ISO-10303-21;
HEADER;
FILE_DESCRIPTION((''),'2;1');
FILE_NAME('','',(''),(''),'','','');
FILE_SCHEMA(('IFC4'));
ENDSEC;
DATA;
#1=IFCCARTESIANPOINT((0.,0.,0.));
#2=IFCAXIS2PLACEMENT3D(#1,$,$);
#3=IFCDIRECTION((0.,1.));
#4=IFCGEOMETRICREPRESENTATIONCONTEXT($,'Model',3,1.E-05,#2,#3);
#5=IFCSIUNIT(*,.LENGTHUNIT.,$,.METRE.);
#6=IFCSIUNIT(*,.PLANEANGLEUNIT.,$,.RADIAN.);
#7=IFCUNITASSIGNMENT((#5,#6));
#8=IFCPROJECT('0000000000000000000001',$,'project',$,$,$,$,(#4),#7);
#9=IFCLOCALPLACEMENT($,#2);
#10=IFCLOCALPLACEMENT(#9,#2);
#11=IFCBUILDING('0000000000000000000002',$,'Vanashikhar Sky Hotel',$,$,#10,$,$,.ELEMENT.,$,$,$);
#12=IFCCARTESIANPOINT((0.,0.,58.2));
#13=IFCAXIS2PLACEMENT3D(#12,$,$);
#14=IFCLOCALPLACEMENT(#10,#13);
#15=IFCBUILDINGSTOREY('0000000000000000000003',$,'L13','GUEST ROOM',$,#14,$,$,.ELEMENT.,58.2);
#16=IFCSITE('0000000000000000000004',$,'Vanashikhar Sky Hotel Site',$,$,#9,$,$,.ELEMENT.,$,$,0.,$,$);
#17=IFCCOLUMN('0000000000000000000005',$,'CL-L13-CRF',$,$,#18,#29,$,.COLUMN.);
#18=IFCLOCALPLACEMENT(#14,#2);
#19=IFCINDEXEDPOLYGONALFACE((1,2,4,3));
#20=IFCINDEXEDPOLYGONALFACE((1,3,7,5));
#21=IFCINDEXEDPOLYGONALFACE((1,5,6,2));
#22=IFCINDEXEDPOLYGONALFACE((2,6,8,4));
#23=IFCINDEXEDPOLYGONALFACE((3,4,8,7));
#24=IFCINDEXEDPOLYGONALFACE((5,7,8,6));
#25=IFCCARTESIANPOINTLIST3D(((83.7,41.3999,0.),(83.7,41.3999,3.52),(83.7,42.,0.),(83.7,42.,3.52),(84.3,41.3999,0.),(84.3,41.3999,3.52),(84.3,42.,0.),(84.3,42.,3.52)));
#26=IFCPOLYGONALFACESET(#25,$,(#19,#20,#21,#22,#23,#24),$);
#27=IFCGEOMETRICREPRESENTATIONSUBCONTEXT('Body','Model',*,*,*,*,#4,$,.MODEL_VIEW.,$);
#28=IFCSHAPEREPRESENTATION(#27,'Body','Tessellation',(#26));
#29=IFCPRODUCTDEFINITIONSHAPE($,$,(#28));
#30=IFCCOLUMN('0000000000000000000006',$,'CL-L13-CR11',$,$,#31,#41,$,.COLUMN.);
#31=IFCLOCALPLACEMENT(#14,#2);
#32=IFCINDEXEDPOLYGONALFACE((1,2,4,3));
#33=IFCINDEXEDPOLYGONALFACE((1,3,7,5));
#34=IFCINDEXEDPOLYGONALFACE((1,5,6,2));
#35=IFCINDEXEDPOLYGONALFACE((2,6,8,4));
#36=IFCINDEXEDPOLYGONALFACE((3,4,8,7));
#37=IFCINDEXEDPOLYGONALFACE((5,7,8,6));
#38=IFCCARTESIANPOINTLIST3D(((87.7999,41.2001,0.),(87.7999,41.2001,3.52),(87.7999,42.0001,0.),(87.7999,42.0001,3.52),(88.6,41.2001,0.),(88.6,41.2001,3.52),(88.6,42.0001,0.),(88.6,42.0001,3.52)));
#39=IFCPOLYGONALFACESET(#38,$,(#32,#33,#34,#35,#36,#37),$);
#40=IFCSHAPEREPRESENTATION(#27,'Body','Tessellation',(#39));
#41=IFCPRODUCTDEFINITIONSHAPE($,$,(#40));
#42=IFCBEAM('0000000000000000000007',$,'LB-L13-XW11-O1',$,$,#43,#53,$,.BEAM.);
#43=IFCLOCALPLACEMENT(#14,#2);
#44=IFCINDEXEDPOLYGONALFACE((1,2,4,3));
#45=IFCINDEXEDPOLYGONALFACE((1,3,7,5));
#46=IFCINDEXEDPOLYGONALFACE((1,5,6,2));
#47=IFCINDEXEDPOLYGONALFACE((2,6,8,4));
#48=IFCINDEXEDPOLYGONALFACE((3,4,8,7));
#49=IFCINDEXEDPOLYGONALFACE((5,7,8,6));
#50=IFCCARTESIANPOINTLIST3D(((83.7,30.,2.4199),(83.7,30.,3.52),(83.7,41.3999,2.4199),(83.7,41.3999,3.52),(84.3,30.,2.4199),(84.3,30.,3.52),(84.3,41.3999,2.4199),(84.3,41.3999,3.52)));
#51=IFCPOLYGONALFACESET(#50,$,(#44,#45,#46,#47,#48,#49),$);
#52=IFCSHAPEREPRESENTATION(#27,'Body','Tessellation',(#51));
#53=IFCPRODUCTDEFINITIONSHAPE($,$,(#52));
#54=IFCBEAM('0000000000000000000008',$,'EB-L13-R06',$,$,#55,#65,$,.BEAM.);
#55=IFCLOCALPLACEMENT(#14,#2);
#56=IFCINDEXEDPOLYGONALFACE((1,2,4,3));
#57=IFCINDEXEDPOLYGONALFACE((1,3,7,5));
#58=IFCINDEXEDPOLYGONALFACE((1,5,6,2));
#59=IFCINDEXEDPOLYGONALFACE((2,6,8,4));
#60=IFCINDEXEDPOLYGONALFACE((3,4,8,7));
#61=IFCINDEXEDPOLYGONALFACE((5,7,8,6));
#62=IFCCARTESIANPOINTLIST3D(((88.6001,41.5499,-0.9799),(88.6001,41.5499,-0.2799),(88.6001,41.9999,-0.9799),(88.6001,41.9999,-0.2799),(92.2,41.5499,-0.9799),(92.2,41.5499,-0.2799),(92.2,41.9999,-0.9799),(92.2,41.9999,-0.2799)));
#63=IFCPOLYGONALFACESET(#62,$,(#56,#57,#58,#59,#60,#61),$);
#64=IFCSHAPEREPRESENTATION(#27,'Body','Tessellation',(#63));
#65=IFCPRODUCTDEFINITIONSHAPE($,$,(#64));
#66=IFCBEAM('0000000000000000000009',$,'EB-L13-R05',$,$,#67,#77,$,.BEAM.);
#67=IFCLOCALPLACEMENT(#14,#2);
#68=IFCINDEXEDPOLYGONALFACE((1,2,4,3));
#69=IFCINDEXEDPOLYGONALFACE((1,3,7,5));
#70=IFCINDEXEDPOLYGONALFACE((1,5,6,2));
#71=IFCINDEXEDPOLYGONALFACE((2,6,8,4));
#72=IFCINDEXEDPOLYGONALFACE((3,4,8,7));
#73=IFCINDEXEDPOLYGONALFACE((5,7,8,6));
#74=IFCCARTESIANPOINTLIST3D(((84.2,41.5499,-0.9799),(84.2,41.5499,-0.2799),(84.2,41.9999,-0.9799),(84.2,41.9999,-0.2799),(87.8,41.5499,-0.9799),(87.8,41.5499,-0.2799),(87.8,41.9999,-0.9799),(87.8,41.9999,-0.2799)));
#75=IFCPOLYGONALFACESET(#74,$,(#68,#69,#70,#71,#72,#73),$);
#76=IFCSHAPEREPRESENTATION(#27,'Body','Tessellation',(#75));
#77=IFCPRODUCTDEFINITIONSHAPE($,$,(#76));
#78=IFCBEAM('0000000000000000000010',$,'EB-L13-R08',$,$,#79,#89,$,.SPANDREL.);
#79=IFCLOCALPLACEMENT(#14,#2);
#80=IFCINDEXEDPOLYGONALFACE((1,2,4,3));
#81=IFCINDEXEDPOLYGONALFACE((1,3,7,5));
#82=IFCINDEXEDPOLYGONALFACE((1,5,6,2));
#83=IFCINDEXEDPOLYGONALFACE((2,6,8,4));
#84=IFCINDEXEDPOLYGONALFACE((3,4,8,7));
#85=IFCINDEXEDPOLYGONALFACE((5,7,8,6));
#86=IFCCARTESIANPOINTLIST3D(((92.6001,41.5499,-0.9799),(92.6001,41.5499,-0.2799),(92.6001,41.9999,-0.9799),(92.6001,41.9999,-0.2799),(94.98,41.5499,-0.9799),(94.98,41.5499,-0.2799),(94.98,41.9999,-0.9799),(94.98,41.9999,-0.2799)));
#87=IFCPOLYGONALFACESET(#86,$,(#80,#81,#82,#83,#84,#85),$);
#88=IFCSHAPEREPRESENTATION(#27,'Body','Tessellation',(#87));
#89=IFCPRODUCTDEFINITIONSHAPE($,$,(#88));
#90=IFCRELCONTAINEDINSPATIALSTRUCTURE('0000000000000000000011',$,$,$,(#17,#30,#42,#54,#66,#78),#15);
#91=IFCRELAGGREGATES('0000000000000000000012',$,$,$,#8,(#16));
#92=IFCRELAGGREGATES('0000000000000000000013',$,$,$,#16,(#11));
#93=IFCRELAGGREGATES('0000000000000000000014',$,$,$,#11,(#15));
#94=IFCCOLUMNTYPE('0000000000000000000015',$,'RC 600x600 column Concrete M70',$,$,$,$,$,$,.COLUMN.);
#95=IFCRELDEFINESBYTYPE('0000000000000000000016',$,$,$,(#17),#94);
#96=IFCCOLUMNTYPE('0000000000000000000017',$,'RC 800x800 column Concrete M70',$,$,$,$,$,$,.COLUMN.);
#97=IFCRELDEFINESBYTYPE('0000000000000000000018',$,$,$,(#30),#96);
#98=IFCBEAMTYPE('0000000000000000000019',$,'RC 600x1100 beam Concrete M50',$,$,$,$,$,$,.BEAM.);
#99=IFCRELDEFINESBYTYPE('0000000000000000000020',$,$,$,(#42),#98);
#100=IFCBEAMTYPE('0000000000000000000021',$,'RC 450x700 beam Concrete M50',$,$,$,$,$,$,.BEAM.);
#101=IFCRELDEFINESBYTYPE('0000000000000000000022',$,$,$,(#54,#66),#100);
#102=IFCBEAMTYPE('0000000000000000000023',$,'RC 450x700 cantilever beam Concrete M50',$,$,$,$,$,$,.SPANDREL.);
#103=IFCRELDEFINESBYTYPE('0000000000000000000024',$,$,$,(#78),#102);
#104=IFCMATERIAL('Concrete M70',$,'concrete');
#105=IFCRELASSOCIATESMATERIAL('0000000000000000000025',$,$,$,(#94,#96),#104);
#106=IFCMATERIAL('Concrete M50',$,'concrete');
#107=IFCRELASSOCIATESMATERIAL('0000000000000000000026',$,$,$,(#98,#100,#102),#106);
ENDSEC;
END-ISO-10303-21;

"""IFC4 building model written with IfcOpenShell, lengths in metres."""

from ifc_helpers import new_model, si_unit, direction, frame, origin, origin_2d, place, context, subcontext, project, spatial, rectangle, extrude, source, transform, mapped, material, material_profile, profile_set, type_object, element, save


model = new_model("IFC4")

# Units and contexts
model_context = context("Model", 3, precision=1e-05, world=origin(), true_north=direction((0.0, 1.0)))
body_context = subcontext(model_context, "Body", "Model", "MODEL_VIEW")
ifc_project = project(units=[si_unit("LENGTHUNIT", "METRE"), si_unit("PLANEANGLEUNIT", "RADIAN")], contexts=[model_context])

# Site, building, storey
site_placement = place(None, origin())
site = spatial("IfcSite", under=ifc_project, at=site_placement, Name="Vanashikhar Sky Hotel Site", CompositionType="ELEMENT", RefElevation=0.0)
building_placement = place(site_placement, origin())
building = spatial("IfcBuilding", under=site, at=building_placement, Name="Vanashikhar Sky Hotel", CompositionType="ELEMENT")
storey_placement = place(building_placement, frame((0.0, 0.0, 58.2)))
storey = spatial("IfcBuildingStorey", under=building, at=storey_placement, Name="L13", Description="GUEST ROOM", CompositionType="ELEMENT", Elevation=58.2)

# Columns
ifc_material_1 = material(Name="Concrete M70", Category="concrete")
ifc_material_profile_1 = material_profile(ifc_material_1, rectangle(XDim=0.6001, YDim=0.6001, at=origin_2d()))
ifc_profile_set_1 = profile_set([ifc_material_profile_1], Name="RC 600x600 column Concrete M70")
column_type_1 = type_object("IfcColumnType", Name="RC 600x600 column Concrete M70", PredefinedType="COLUMN", material=ifc_profile_set_1)
shared_shape_1 = source(origin(), body_context, "Body", "SweptSolid", [
    extrude(rectangle(XDim=0.6001, YDim=0.6001, at=origin_2d()), origin(), (0.0, 0.0, 1.0), 3.52),
])
column_1_placement = place(storey_placement, frame((84.0, 41.7, 0.0), z_axis=(0.0, 0.0, 1.0), x_axis=(1.0, 0.0, 0.0)))
element("IfcColumn", 1, at=column_1_placement, inside=storey, type_object=column_type_1, Name="CL-L13-CRF", PredefinedType="COLUMN", context=body_context, shape_type="MappedRepresentation", body=[
    mapped(shared_shape_1, transform((0.0, 0.0, 0.0), scale=1.0)),
])
ifc_material_profile_2 = material_profile(ifc_material_1, rectangle(XDim=0.8, YDim=0.8, at=origin_2d()))
ifc_profile_set_2 = profile_set([ifc_material_profile_2], Name="RC 800x800 column Concrete M70")
column_type_2 = type_object("IfcColumnType", Name="RC 800x800 column Concrete M70", PredefinedType="COLUMN", material=ifc_profile_set_2)
shared_shape_2 = source(origin(), body_context, "Body", "SweptSolid", [
    extrude(rectangle(XDim=0.8, YDim=0.8, at=origin_2d()), origin(), (0.0, 0.0, 1.0), 3.52),
])
column_2_placement = place(storey_placement, frame((88.2, 41.6001, 0.0), z_axis=(0.0, 0.0, 1.0), x_axis=(1.0, 0.0, 0.0)))
element("IfcColumn", 2, at=column_2_placement, inside=storey, type_object=column_type_2, Name="CL-L13-CR11", PredefinedType="COLUMN", context=body_context, shape_type="MappedRepresentation", body=[
    mapped(shared_shape_2, transform((0.0, 0.0, 0.0), scale=1.0)),
])

# Beams
ifc_material_2 = material(Name="Concrete M50", Category="concrete")
ifc_material_profile_3 = material_profile(ifc_material_2, rectangle(XDim=0.6001, YDim=1.1001, at=origin_2d()))
ifc_profile_set_3 = profile_set([ifc_material_profile_3], Name="RC 600x1100 beam Concrete M50")
beam_type_1 = type_object("IfcBeamType", Name="RC 600x1100 beam Concrete M50", PredefinedType="BEAM", material=ifc_profile_set_3)
shared_shape_3 = source(origin(), body_context, "Body", "SweptSolid", [
    extrude(rectangle(XDim=0.6001, YDim=1.1001, at=origin_2d()), origin(), (0.0, 0.0, 1.0), 11.3999),
])
beam_1_placement = place(storey_placement, frame((84.0, 30.0, 2.97), z_axis=(0.0, 1.0, 0.0), x_axis=(-1.0, 0.0, 0.0)))
element("IfcBeam", 3, at=beam_1_placement, inside=storey, type_object=beam_type_1, Name="LB-L13-XW11-O1", PredefinedType="BEAM", context=body_context, shape_type="MappedRepresentation", body=[
    mapped(shared_shape_3, transform((0.0, 0.0, 0.0), scale=1.0)),
])
ifc_material_profile_4 = material_profile(ifc_material_2, rectangle(XDim=0.45, YDim=0.7, at=origin_2d()))
ifc_profile_set_4 = profile_set([ifc_material_profile_4], Name="RC 450x700 beam Concrete M50")
beam_type_2 = type_object("IfcBeamType", Name="RC 450x700 beam Concrete M50", PredefinedType="BEAM", material=ifc_profile_set_4)
shared_shape_4 = source(origin(), body_context, "Body", "SweptSolid", [
    extrude(rectangle(XDim=0.45, YDim=0.7, at=origin_2d()), origin(), (0.0, 0.0, 1.0), 3.5999),
])
beam_2_placement = place(storey_placement, frame((88.6001, 41.7749, -0.6299), z_axis=(1.0, 0.0, 0.0), x_axis=(0.0, 1.0, 0.0)))
element("IfcBeam", 4, at=beam_2_placement, inside=storey, type_object=beam_type_2, Name="EB-L13-R06", PredefinedType="BEAM", context=body_context, shape_type="MappedRepresentation", body=[
    mapped(shared_shape_4, transform((0.0, 0.0, 0.0), scale=1.0)),
])
shared_shape_5 = source(origin(), body_context, "Body", "SweptSolid", [
    extrude(rectangle(XDim=0.45, YDim=0.7, at=origin_2d()), origin(), (0.0, 0.0, 1.0), 3.6001),
])
beam_3_placement = place(storey_placement, frame((84.2, 41.7749, -0.6299), z_axis=(1.0, 0.0, 0.0), x_axis=(0.0, 1.0, 0.0)))
element("IfcBeam", 5, at=beam_3_placement, inside=storey, type_object=beam_type_2, Name="EB-L13-R05", PredefinedType="BEAM", context=body_context, shape_type="MappedRepresentation", body=[
    mapped(shared_shape_5, transform((0.0, 0.0, 0.0), scale=1.0)),
])
ifc_material_profile_5 = material_profile(ifc_material_2, rectangle(XDim=0.45, YDim=0.7, at=origin_2d()))
ifc_profile_set_5 = profile_set([ifc_material_profile_5], Name="RC 450x700 cantilever beam Concrete M50")
beam_type_3 = type_object("IfcBeamType", Name="RC 450x700 cantilever beam Concrete M50", PredefinedType="SPANDREL", material=ifc_profile_set_5)
shared_shape_6 = source(origin(), body_context, "Body", "SweptSolid", [
    extrude(rectangle(XDim=0.45, YDim=0.7, at=origin_2d()), origin(), (0.0, 0.0, 1.0), 2.3799),
])
beam_4_placement = place(storey_placement, frame((92.6001, 41.7749, -0.6299), z_axis=(1.0, 0.0, 0.0), x_axis=(0.0, 1.0, 0.0)))
element("IfcBeam", 6, at=beam_4_placement, inside=storey, type_object=beam_type_3, Name="EB-L13-R08", PredefinedType="SPANDREL", context=body_context, shape_type="MappedRepresentation", body=[
    mapped(shared_shape_6, transform((0.0, 0.0, 0.0), scale=1.0)),
])

save(model, "model.ifc")
